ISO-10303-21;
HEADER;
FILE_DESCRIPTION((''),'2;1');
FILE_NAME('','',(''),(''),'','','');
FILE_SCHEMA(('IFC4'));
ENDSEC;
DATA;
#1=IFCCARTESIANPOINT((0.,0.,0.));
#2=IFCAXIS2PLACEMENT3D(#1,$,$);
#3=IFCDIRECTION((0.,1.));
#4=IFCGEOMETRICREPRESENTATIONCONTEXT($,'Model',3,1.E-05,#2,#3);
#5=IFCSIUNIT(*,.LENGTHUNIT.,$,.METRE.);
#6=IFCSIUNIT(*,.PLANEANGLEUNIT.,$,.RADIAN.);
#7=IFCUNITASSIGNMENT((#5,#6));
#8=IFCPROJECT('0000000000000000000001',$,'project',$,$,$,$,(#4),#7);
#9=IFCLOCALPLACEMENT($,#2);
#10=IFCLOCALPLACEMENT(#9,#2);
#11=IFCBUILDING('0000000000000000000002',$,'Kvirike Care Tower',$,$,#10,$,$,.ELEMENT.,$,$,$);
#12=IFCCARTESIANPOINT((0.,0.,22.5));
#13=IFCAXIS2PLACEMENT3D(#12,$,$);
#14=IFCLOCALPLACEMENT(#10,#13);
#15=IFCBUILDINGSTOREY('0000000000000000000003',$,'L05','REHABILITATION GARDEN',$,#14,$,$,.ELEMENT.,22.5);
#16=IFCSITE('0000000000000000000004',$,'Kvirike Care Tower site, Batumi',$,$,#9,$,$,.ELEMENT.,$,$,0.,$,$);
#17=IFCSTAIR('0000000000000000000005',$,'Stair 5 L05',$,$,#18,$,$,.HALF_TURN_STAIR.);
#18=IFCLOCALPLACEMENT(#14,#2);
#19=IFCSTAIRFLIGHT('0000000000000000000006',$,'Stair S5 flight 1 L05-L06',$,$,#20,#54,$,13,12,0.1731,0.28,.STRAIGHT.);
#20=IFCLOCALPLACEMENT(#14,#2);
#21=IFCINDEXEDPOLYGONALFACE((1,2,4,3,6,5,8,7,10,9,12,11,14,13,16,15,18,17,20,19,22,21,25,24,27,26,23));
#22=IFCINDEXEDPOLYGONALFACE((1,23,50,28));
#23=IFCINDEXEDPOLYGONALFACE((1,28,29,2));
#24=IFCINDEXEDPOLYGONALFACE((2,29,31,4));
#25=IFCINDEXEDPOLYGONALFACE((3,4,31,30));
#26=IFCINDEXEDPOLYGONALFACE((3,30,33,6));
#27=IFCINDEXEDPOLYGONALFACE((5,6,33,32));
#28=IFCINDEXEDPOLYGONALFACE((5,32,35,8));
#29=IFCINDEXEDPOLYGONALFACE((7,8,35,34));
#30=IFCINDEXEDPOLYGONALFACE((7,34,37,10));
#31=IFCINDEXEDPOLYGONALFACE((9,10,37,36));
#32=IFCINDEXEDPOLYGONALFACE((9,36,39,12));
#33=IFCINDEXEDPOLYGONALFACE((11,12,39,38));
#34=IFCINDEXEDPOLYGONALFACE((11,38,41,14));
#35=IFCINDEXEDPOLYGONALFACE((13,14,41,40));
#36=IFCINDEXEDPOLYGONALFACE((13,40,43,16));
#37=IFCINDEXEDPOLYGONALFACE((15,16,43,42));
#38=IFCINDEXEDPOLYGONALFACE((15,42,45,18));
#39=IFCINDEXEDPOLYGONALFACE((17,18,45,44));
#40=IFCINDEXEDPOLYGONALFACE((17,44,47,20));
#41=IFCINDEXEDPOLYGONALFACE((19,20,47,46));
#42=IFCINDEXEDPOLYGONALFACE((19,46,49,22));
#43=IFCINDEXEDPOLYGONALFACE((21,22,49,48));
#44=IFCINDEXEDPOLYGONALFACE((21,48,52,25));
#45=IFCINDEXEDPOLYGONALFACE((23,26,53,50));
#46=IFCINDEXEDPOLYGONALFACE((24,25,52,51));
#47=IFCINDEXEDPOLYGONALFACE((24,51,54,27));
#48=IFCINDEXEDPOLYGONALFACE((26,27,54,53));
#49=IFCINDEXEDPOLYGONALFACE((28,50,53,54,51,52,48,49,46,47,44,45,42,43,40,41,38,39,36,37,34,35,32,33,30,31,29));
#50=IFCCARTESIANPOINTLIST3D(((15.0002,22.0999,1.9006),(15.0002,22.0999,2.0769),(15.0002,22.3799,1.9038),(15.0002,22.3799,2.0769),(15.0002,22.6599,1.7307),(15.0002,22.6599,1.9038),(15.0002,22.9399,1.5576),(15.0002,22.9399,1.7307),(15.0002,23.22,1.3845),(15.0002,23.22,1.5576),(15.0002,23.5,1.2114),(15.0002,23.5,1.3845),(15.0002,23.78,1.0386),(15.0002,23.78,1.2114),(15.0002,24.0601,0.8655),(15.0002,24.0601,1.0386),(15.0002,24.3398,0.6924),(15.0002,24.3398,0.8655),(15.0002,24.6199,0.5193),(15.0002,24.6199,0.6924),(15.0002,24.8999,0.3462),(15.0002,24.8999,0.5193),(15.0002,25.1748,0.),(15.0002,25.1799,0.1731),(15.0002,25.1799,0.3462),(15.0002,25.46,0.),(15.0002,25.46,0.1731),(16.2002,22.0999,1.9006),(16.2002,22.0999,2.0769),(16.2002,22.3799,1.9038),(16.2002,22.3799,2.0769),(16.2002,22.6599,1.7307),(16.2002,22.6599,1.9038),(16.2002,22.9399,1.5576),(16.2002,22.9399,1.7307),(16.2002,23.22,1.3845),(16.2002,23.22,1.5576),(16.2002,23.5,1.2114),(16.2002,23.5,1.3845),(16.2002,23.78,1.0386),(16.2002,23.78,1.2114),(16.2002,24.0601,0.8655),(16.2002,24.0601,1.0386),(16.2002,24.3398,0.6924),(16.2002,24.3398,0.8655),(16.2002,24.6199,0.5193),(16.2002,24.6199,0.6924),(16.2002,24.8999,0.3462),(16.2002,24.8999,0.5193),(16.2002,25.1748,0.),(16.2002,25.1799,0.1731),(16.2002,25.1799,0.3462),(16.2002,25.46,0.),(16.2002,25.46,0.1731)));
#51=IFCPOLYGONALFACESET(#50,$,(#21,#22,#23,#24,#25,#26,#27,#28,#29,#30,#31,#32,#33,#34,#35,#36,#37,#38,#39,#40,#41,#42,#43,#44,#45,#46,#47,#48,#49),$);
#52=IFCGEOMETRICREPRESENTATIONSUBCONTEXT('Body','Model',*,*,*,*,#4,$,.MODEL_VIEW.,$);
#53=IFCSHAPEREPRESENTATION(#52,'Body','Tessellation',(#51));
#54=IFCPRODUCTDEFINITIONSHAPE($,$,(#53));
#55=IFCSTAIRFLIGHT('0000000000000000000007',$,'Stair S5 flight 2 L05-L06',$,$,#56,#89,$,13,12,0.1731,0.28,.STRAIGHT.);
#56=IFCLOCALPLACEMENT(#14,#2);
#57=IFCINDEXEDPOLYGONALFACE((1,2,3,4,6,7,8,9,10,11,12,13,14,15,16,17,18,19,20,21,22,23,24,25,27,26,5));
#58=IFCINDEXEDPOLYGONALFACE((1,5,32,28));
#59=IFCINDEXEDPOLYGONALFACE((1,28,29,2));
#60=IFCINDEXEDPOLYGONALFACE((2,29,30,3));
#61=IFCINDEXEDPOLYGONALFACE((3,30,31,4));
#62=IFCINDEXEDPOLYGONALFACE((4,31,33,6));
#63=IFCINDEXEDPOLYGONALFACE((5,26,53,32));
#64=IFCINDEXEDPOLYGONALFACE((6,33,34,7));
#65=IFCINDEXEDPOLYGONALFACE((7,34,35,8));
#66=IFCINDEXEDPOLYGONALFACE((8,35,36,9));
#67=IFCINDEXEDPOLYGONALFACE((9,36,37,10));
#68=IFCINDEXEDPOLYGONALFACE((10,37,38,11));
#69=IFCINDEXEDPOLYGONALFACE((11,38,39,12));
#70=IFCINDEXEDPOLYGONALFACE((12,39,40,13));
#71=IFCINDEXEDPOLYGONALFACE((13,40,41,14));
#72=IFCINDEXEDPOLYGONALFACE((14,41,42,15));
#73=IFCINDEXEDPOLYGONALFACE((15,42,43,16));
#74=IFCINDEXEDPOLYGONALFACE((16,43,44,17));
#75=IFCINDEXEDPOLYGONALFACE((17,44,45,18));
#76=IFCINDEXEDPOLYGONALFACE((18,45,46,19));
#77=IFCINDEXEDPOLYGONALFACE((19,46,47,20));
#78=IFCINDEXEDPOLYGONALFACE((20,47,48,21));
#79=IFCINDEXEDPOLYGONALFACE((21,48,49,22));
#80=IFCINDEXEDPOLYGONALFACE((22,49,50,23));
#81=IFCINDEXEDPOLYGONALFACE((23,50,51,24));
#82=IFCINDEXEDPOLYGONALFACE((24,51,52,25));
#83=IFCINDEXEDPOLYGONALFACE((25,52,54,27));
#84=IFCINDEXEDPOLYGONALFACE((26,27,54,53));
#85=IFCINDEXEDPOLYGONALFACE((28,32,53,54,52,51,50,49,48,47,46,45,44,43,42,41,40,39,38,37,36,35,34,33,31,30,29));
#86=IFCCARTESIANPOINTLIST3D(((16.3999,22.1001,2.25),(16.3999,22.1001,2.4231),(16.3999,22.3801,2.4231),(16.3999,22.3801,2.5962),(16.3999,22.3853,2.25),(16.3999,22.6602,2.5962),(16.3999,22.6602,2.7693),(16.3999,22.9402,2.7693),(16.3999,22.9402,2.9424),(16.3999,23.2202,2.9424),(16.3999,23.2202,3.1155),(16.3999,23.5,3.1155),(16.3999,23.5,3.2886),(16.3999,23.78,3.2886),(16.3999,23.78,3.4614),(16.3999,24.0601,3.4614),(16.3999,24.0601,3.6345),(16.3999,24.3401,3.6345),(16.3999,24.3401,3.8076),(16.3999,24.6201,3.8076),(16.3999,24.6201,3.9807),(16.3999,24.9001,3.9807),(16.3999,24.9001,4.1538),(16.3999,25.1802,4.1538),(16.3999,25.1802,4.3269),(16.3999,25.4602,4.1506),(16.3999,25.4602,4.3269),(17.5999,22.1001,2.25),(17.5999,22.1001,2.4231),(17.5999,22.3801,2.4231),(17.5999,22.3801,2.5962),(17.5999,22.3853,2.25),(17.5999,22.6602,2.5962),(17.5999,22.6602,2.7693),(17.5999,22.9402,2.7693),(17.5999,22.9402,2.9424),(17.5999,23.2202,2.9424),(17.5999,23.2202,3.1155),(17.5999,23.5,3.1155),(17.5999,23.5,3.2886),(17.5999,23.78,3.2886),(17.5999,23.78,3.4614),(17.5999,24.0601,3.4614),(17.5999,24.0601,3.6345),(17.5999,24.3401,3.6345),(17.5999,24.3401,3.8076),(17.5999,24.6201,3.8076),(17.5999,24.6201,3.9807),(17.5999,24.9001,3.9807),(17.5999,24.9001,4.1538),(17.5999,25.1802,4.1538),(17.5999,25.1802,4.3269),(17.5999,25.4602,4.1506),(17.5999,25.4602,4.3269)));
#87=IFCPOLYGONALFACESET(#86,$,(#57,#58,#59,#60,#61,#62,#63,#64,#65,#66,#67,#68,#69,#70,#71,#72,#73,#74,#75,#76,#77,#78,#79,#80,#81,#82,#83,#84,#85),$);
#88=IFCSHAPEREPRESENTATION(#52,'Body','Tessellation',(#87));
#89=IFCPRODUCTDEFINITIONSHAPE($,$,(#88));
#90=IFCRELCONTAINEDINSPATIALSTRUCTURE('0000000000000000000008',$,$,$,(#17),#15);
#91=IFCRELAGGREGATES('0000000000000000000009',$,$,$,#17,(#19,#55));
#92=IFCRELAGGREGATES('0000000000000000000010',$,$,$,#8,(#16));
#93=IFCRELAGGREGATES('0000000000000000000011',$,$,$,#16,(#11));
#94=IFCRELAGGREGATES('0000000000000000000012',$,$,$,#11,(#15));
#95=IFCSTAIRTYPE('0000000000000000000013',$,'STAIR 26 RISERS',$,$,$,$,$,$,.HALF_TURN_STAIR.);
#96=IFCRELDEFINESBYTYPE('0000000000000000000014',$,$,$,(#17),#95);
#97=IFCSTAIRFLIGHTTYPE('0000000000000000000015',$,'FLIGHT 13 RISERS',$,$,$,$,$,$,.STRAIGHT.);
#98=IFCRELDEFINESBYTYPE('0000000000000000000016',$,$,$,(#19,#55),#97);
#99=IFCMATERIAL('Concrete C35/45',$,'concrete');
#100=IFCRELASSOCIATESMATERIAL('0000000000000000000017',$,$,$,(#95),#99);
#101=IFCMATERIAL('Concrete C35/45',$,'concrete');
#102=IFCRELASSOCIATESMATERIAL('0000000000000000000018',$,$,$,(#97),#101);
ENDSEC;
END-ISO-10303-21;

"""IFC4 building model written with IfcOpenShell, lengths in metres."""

from ifc_helpers import new_model, si_unit, direction, frame, origin, place, context, subcontext, project, spatial, polyline, outline, extrude, material, type_object, element, aggregate, save


model = new_model("IFC4")

# Units and contexts
model_context = context("Model", 3, precision=1e-05, world=origin(), true_north=direction((0.0, 1.0)))
body_context = subcontext(model_context, "Body", "Model", "MODEL_VIEW")
ifc_project = project(units=[si_unit("LENGTHUNIT", "METRE"), si_unit("PLANEANGLEUNIT", "RADIAN")], contexts=[model_context])

# Site, building, storey
site_placement = place(None, origin())
site = spatial("IfcSite", under=ifc_project, at=site_placement, Name="Kvirike Care Tower site, Batumi", CompositionType="ELEMENT", RefElevation=0.0)
building_placement = place(site_placement, origin())
building = spatial("IfcBuilding", under=site, at=building_placement, Name="Kvirike Care Tower", CompositionType="ELEMENT")
storey_placement = place(building_placement, frame((0.0, 0.0, 22.5)))
storey = spatial("IfcBuildingStorey", under=building, at=storey_placement, Name="L05", Description="REHABILITATION GARDEN", CompositionType="ELEMENT", Elevation=22.5)

# Stair, stair flights
ifc_material_1 = material(Name="Concrete C35/45", Category="concrete")
stair_type = type_object("IfcStairType", Name="STAIR 26 RISERS", PredefinedType="HALF_TURN_STAIR", material=ifc_material_1)
stair_placement = place(storey_placement, origin())
stair = element("IfcStair", 1, at=stair_placement, inside=storey, type_object=stair_type, Name="Stair 5 L05", PredefinedType="HALF_TURN_STAIR")
ifc_material_2 = material(Name="Concrete C35/45", Category="concrete")
stair_flight_type = type_object("IfcStairFlightType", Name="FLIGHT 13 RISERS", PredefinedType="STRAIGHT", material=ifc_material_2)
stair_flight_1_placement = place(storey_placement, frame((15.6001, 25.46, 0.0), z_axis=(0.0, 0.0, 1.0), x_axis=(0.0, -1.0, 0.0)))
stair_flight_1 = element("IfcStairFlight", 2, at=stair_flight_1_placement, type_object=stair_flight_type, Name="Stair S5 flight 1 L05-L06", NumberOfRisers=13, NumberOfTreads=12, PredefinedType="STRAIGHT", RiserHeight=0.1731, TreadLength=0.28, context=body_context, shape_type="SweptSolid", body=[
    extrude(outline(polyline([(0.0, 0.0), (0.0, 0.1731), (0.28, 0.1731), (0.28, 0.3462), (0.5601, 0.3462), (0.5601, 0.5193), (0.8401, 0.5193), (0.8401, 0.6924), (1.1201, 0.6924), (1.1201, 0.8655), (1.3999, 0.8655), (1.3999, 1.0386), (1.6799, 1.0386), (1.6799, 1.2114), (1.96, 1.2114), (1.96, 1.3845), (2.24, 1.3845), (2.24, 1.5576), (2.52, 1.5576), (2.52, 1.7307), (2.8, 1.7307), (2.8, 1.9038), (3.0801, 1.9038), (3.0801, 2.0769), (3.3601, 2.0769), (3.3601, 2.25), (3.3601, 1.9006), (0.2852, 0.0), (0.0, 0.0)])), frame((0.0, 0.6001, 0.0), z_axis=(0.0, -1.0, 0.0), x_axis=(1.0, 0.0, 0.0)), (0.0, 0.0, 1.0), 1.2),
])
stair_flight_2_placement = place(storey_placement, frame((17.0, 22.1001, 2.25), z_axis=(0.0, 0.0, 1.0), x_axis=(0.0, 1.0, 0.0)))
stair_flight_2 = element("IfcStairFlight", 3, at=stair_flight_2_placement, type_object=stair_flight_type, Name="Stair S5 flight 2 L05-L06", NumberOfRisers=13, NumberOfTreads=12, PredefinedType="STRAIGHT", RiserHeight=0.1731, TreadLength=0.28, context=body_context, shape_type="SweptSolid", body=[
    extrude(outline(polyline([(0.0, 0.0), (0.0, 0.1731), (0.28, 0.1731), (0.28, 0.3462), (0.5601, 0.3462), (0.5601, 0.5193), (0.8401, 0.5193), (0.8401, 0.6924), (1.1201, 0.6924), (1.1201, 0.8655), (1.3999, 0.8655), (1.3999, 1.0386), (1.6799, 1.0386), (1.6799, 1.2114), (1.96, 1.2114), (1.96, 1.3845), (2.24, 1.3845), (2.24, 1.5576), (2.52, 1.5576), (2.52, 1.7307), (2.8, 1.7307), (2.8, 1.9038), (3.0801, 1.9038), (3.0801, 2.0769), (3.3601, 2.0769), (3.3601, 2.25), (3.3601, 1.9006), (0.2852, 0.0), (0.0, 0.0)])), frame((0.0, 0.6001, 0.0), z_axis=(0.0, -1.0, 0.0), x_axis=(1.0, 0.0, 0.0)), (0.0, 0.0, 1.0), 1.2),
])
aggregate(stair, [stair_flight_1, stair_flight_2])

save(model, "model.ifc")
